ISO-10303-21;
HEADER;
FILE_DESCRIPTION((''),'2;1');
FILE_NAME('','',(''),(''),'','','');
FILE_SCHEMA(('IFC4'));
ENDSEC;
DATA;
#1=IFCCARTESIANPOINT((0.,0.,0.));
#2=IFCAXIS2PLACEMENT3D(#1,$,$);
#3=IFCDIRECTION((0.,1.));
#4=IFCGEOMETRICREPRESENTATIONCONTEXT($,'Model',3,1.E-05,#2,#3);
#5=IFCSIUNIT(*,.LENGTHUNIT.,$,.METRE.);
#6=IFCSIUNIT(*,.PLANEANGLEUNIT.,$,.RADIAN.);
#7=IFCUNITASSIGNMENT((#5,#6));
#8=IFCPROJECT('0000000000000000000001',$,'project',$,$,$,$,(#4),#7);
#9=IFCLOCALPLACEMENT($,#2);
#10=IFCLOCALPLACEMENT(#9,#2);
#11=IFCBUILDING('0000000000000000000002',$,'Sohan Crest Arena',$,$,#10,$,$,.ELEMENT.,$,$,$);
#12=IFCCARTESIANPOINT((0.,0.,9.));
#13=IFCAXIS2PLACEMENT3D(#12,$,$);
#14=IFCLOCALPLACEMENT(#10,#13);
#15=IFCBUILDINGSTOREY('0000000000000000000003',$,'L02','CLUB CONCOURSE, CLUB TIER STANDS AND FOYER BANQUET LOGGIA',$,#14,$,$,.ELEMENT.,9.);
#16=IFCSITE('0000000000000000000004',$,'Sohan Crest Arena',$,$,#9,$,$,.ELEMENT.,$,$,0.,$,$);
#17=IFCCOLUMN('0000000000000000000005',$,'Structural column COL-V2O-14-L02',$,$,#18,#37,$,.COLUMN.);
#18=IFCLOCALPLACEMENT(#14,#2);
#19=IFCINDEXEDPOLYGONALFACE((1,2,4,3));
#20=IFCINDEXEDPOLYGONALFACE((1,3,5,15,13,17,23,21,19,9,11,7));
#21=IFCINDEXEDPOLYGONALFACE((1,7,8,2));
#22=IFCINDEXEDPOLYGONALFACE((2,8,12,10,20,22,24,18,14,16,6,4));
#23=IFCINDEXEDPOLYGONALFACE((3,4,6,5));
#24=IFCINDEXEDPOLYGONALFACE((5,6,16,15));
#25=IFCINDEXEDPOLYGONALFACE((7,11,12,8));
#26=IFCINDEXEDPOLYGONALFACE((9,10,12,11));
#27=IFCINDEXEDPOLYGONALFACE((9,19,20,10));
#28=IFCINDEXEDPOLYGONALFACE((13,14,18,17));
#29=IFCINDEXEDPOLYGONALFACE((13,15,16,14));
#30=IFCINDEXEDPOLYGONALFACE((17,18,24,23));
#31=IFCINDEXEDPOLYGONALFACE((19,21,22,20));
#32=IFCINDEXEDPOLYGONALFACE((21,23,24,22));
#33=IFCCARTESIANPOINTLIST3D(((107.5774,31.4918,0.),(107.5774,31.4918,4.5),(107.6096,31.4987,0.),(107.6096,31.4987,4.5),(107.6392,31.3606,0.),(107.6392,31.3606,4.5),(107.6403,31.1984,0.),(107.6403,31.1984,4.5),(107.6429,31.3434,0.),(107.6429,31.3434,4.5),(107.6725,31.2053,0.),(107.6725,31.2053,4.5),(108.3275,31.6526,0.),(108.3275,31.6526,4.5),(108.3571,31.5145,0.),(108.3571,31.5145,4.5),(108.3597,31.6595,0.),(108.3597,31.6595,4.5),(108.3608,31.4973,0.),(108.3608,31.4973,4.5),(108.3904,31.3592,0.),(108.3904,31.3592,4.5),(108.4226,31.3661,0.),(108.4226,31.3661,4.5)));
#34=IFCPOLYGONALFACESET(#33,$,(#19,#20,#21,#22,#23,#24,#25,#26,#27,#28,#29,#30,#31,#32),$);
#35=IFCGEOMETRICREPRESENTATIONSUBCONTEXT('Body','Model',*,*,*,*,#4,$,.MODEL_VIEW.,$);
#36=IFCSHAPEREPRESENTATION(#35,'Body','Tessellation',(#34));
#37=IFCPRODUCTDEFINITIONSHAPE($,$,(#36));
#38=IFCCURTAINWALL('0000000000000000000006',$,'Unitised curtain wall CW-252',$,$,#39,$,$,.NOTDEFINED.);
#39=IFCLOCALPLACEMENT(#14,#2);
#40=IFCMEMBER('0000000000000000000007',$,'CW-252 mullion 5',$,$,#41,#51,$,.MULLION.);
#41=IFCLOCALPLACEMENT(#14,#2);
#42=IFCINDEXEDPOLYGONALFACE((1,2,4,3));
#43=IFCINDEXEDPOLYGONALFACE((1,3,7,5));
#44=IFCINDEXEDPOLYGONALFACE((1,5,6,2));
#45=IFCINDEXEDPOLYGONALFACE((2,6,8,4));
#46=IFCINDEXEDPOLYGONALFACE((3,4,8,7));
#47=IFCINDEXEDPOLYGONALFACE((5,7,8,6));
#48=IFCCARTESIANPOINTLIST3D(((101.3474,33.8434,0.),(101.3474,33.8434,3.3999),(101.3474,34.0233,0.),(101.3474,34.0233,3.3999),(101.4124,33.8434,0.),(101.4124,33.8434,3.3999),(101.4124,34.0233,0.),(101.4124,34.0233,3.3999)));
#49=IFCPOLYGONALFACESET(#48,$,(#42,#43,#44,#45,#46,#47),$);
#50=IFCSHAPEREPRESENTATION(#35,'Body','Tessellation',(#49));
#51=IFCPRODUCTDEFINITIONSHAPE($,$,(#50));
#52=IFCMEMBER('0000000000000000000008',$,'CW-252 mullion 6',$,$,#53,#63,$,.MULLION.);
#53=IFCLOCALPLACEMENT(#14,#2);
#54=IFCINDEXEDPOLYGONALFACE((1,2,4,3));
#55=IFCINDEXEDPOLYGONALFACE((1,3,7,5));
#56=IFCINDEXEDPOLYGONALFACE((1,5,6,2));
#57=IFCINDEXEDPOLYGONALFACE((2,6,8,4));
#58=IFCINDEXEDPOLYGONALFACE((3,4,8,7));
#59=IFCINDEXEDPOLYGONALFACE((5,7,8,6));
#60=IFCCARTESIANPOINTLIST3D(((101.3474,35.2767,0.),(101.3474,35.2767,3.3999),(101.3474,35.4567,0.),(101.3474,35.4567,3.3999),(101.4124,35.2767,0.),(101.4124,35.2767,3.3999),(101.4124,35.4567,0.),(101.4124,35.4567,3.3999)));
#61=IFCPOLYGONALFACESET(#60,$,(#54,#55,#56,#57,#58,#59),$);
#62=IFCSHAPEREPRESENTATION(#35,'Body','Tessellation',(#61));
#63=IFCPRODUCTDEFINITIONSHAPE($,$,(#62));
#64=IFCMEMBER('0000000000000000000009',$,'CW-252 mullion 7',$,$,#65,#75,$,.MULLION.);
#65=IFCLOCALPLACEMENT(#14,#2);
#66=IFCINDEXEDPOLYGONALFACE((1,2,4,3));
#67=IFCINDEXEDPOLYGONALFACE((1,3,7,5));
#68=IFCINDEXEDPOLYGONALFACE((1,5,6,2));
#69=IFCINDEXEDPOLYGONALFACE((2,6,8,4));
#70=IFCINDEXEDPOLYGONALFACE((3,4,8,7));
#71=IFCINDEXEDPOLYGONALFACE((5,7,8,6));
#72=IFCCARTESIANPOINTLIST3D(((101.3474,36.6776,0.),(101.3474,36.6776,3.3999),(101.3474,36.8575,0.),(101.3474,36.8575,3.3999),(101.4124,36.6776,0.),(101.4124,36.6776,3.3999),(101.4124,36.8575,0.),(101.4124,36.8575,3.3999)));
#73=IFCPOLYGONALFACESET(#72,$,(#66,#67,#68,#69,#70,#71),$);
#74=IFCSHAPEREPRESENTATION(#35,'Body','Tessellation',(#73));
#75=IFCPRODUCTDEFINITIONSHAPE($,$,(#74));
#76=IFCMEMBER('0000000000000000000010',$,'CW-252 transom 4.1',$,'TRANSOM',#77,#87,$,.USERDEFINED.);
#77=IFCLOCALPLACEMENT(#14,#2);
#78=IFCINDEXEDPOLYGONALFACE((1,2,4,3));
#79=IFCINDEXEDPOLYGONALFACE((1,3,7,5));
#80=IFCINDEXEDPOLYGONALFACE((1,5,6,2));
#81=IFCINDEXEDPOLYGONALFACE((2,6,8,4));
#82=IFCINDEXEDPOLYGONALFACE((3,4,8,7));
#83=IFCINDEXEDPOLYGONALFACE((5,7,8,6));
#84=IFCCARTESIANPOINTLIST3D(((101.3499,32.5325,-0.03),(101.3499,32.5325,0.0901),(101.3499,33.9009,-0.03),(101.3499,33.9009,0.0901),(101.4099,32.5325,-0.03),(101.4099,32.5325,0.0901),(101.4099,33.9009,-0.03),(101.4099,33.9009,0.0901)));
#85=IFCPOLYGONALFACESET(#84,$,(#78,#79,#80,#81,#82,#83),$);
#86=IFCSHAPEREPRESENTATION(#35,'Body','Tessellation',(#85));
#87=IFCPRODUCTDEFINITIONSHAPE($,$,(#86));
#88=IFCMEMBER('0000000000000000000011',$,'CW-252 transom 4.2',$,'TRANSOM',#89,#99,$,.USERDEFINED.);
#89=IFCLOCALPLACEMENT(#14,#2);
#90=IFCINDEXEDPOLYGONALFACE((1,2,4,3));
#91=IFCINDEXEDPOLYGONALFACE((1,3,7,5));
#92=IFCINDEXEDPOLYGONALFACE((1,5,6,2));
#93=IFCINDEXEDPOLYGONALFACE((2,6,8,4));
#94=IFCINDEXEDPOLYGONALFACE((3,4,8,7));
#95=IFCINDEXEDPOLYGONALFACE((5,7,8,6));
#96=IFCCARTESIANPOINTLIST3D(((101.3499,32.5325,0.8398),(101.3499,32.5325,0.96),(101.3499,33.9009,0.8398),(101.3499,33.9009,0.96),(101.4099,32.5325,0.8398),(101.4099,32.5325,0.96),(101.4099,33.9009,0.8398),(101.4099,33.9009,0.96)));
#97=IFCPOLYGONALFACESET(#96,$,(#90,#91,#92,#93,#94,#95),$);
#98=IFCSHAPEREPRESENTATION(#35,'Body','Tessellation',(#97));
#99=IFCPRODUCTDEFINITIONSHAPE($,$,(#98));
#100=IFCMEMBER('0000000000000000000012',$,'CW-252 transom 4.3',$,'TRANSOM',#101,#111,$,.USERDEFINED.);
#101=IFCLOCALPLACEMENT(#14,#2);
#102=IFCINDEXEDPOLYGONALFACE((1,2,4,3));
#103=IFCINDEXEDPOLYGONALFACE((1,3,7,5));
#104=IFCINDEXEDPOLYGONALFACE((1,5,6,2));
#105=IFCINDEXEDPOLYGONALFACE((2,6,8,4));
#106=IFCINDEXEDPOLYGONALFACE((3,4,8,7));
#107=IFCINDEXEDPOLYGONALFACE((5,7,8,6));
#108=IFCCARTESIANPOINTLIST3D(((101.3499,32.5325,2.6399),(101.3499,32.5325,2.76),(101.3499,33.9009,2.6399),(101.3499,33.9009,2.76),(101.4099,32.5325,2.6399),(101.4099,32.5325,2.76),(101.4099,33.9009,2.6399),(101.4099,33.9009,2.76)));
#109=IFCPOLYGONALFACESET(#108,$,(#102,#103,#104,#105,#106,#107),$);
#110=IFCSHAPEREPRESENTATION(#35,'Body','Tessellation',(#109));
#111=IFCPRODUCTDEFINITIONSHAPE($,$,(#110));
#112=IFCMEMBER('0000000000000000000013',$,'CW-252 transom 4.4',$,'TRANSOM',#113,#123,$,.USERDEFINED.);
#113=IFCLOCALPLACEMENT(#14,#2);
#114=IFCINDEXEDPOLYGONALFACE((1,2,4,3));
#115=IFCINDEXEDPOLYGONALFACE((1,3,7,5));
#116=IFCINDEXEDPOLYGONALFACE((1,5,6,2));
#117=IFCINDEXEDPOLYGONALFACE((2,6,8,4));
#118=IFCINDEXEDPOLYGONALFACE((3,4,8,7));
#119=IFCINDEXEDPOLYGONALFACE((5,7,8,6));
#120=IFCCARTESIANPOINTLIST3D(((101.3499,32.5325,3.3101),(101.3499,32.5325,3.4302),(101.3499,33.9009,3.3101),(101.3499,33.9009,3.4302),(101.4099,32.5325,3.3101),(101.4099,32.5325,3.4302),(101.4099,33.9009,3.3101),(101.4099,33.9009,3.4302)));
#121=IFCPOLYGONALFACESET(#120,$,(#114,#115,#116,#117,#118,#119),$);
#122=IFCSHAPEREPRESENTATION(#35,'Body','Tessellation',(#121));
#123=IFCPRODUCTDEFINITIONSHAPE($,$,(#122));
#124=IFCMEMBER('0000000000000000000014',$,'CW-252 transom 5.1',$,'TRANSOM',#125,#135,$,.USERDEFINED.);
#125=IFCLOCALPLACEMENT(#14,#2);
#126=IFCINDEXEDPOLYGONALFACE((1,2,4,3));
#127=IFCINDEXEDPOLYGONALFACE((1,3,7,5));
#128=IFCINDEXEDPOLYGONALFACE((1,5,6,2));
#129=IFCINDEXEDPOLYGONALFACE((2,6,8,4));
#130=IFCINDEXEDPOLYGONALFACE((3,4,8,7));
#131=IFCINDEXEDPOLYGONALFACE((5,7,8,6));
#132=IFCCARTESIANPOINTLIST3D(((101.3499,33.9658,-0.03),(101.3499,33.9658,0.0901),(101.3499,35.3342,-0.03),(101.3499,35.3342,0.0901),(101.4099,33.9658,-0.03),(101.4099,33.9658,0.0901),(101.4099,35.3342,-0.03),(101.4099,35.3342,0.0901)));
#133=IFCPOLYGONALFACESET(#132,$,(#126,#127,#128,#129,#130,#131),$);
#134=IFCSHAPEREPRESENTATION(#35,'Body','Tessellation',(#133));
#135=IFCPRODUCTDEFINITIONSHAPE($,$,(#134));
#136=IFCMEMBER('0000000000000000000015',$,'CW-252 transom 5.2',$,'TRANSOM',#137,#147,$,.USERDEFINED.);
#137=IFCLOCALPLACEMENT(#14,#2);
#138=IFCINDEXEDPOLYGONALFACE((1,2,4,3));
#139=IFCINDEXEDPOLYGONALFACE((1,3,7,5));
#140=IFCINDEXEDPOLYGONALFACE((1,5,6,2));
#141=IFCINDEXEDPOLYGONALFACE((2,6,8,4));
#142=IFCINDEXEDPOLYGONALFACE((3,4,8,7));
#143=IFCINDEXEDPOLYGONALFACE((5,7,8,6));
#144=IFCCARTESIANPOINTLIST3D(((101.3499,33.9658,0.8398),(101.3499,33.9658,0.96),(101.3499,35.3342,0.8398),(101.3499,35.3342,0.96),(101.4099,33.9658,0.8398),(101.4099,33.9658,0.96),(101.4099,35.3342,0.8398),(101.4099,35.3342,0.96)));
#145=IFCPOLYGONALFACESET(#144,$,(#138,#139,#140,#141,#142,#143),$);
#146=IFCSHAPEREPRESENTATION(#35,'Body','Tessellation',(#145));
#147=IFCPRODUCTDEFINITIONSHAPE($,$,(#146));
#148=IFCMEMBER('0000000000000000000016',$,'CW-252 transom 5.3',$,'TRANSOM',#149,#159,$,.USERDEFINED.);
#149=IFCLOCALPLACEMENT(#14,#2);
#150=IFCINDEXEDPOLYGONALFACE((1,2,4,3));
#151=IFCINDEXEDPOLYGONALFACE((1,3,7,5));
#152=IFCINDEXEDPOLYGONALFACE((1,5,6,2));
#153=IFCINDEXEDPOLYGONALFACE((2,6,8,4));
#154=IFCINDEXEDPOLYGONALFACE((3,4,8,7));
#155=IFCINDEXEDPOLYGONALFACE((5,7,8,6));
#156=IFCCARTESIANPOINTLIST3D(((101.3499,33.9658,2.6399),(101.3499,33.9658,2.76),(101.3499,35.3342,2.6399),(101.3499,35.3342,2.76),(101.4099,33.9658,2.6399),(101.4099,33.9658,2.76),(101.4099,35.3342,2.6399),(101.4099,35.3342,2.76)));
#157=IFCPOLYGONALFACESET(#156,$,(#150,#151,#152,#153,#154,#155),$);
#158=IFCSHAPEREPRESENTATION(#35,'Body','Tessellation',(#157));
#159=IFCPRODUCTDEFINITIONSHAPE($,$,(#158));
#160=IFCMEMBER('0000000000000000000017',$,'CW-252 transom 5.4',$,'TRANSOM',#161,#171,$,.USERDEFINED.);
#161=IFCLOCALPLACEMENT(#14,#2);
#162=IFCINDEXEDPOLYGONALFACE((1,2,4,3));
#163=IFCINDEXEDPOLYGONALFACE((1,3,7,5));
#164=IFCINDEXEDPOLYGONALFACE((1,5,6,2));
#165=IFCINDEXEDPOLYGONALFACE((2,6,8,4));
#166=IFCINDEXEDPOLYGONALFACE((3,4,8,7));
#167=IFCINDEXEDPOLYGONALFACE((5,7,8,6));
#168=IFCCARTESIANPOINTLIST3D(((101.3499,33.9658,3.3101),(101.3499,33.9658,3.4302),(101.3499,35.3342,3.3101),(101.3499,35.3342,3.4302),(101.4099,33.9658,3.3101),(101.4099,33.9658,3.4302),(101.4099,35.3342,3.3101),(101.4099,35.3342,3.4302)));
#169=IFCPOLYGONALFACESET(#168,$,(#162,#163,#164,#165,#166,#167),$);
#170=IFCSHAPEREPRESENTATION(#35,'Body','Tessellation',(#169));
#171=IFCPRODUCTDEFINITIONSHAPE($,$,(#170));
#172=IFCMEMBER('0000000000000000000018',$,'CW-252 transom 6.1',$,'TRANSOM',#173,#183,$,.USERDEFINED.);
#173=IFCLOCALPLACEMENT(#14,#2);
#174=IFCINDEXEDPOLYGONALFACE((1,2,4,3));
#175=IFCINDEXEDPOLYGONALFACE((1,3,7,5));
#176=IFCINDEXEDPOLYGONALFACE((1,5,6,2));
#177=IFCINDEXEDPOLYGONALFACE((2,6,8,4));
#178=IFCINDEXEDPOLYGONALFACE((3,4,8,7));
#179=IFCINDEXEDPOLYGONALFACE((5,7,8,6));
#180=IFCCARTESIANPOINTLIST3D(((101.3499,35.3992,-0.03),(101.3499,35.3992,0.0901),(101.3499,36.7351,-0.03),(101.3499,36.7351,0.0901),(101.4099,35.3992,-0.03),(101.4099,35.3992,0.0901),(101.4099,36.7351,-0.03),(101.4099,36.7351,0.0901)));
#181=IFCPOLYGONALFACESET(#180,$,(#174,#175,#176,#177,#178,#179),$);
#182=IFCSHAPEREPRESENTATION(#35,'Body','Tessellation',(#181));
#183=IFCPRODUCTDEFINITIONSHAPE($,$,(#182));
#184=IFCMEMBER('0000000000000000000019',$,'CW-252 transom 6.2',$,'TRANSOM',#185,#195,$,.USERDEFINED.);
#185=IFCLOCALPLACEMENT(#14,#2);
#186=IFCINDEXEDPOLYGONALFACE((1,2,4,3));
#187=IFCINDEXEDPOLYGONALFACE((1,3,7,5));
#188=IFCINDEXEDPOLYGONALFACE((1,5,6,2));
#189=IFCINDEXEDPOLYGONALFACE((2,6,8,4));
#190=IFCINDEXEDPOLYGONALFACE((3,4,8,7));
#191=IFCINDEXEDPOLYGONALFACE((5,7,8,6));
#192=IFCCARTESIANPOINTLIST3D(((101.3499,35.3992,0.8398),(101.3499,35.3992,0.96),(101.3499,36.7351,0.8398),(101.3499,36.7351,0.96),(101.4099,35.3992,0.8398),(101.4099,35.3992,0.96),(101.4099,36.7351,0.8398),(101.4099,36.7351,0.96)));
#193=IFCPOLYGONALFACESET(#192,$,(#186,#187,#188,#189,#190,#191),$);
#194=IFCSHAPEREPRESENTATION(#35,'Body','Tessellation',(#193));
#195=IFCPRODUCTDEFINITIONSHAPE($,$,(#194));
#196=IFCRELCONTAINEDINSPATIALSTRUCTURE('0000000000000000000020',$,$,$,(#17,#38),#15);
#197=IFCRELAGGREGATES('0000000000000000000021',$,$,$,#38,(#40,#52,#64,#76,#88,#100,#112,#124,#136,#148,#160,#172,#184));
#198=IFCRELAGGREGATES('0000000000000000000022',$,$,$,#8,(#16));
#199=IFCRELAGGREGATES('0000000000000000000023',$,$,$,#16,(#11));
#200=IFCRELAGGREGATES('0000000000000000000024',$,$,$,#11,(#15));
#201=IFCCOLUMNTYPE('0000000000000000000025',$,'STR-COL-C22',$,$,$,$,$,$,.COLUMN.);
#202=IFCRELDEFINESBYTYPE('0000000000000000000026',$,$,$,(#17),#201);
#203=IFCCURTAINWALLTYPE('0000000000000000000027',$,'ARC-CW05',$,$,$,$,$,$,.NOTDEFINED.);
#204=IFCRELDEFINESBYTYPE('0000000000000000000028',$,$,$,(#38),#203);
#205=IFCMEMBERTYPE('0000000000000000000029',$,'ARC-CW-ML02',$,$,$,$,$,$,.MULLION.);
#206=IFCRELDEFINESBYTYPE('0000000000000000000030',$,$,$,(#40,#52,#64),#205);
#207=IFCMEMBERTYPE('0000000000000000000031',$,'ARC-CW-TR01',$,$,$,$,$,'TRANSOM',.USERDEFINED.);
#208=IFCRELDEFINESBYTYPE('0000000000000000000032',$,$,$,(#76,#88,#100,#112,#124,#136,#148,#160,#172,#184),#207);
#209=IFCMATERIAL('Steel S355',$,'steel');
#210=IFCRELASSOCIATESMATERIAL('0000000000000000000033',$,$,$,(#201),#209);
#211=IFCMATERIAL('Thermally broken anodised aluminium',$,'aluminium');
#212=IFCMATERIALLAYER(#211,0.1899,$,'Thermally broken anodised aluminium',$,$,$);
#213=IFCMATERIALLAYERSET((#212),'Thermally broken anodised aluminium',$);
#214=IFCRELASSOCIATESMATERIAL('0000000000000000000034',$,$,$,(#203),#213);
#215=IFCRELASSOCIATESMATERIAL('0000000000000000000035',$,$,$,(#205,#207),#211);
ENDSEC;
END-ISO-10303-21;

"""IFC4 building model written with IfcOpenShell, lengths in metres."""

from ifc_helpers import new_model, si_unit, direction, frame, origin, origin_2d, place, context, subcontext, project, spatial, rectangle, i_section, extrude, material, layer, layer_set, material_profile, profile_set, type_object, element, aggregate, save


model = new_model("IFC4")

# Units and contexts
model_context = context("Model", 3, precision=1e-05, world=origin(), true_north=direction((0.0, 1.0)))
body_context = subcontext(model_context, "Body", "Model", "MODEL_VIEW")
ifc_project = project(units=[si_unit("LENGTHUNIT", "METRE"), si_unit("PLANEANGLEUNIT", "RADIAN")], contexts=[model_context])

# Site, building, storey
site_placement = place(None, origin())
site = spatial("IfcSite", under=ifc_project, at=site_placement, Name="Sohan Crest Arena", CompositionType="ELEMENT", RefElevation=0.0)
building_placement = place(site_placement, origin())
building = spatial("IfcBuilding", under=site, at=building_placement, Name="Sohan Crest Arena", CompositionType="ELEMENT")
storey_placement = place(building_placement, frame((0.0, 0.0, 9.0)))
storey = spatial("IfcBuildingStorey", under=building, at=storey_placement, Name="L02", Description="CLUB CONCOURSE, CLUB TIER STANDS AND FOYER BANQUET LOGGIA", CompositionType="ELEMENT", Elevation=9.0)

# Column
ifc_material_1 = material(Name="Steel S355", Category="steel")
ifc_material_profile_1 = material_profile(ifc_material_1, i_section(OverallWidth=0.3, OverallDepth=0.8, WebThickness=0.0176, FlangeThickness=0.033, at=origin_2d()), Name="HEB 800")
ifc_profile_set_1 = profile_set([ifc_material_profile_1], Name="Steel S355")
column_type = type_object("IfcColumnType", Name="STR-COL-C22", PredefinedType="COLUMN", material=ifc_profile_set_1)
column_placement = place(storey_placement, frame((108.0, 31.429, 0.0), z_axis=(0.0, 0.0, 1.0), x_axis=(-0.209619, 0.977783, 0.0)))
element("IfcColumn", 1, at=column_placement, inside=storey, type_object=column_type, Name="Structural column COL-V2O-14-L02", PredefinedType="COLUMN", context=body_context, shape_type="SweptSolid", body=[
    extrude(i_section(OverallWidth=0.3, OverallDepth=0.8, WebThickness=0.0176, FlangeThickness=0.033, at=origin_2d()), origin(), (0.0, 0.0, 1.0), 4.5),
])

# Curtain wall, members
ifc_material_2 = material(Name="Thermally broken anodised aluminium", Category="aluminium")
ifc_layer_1 = layer(ifc_material_2, 0.1899, Name="Thermally broken anodised aluminium")
ifc_layer_set_1 = layer_set([ifc_layer_1], Name="Thermally broken anodised aluminium")
curtain_wall_type_1 = type_object("IfcCurtainWallType", Name="ARC-CW05", PredefinedType="NOTDEFINED", material=ifc_layer_set_1)
curtain_wall_1_placement = place(storey_placement, origin())
curtain_wall_1 = element("IfcCurtainWall", 2, at=curtain_wall_1_placement, inside=storey, type_object=curtain_wall_type_1, Name="Unitised curtain wall CW-252", PredefinedType="NOTDEFINED")
ifc_material_profile_2 = material_profile(ifc_material_2, rectangle(XDim=0.0649, YDim=0.1799, at=origin_2d()), Name="ALU-MULL 65x180")
ifc_profile_set_2 = profile_set([ifc_material_profile_2], Name="Thermally broken anodised aluminium")
member_type_1 = type_object("IfcMemberType", Name="ARC-CW-ML02", PredefinedType="MULLION", material=ifc_profile_set_2)
member_1_placement = place(storey_placement, frame((101.3799, 33.9333, 0.0), z_axis=(0.0, 0.0, 1.0), x_axis=(-1.0, 0.0, 0.0)))
member_1 = element("IfcMember", 3, at=member_1_placement, type_object=member_type_1, Name="CW-252 mullion 5", PredefinedType="MULLION", context=body_context, shape_type="SweptSolid", body=[
    extrude(rectangle(XDim=0.0649, YDim=0.1799, at=origin_2d()), origin(), (0.0, 0.0, 1.0), 3.3999),
])
member_2_placement = place(storey_placement, frame((101.3799, 35.3667, 0.0), z_axis=(0.0, 0.0, 1.0), x_axis=(-1.0, 0.0, 0.0)))
member_2 = element("IfcMember", 4, at=member_2_placement, type_object=member_type_1, Name="CW-252 mullion 6", PredefinedType="MULLION", context=body_context, shape_type="SweptSolid", body=[
    extrude(rectangle(XDim=0.0649, YDim=0.1799, at=origin_2d()), origin(), (0.0, 0.0, 1.0), 3.3999),
])
member_3_placement = place(storey_placement, frame((101.3799, 36.7676, 0.0), z_axis=(0.0, 0.0, 1.0), x_axis=(-1.0, 0.0, 0.0)))
member_3 = element("IfcMember", 5, at=member_3_placement, type_object=member_type_1, Name="CW-252 mullion 7", PredefinedType="MULLION", context=body_context, shape_type="SweptSolid", body=[
    extrude(rectangle(XDim=0.0649, YDim=0.1799, at=origin_2d()), origin(), (0.0, 0.0, 1.0), 3.3999),
])
ifc_material_profile_3 = material_profile(ifc_material_2, rectangle(XDim=0.0601, YDim=0.1201, at=origin_2d()), Name="ALU-TRAN 60x120")
ifc_profile_set_3 = profile_set([ifc_material_profile_3], Name="Thermally broken anodised aluminium")
member_type_2 = type_object("IfcMemberType", Name="ARC-CW-TR01", ElementType="TRANSOM", PredefinedType="USERDEFINED", material=ifc_profile_set_3)
member_4_placement = place(storey_placement, frame((101.3799, 32.5325, 0.03), z_axis=(0.0, 1.0, 0.0), x_axis=(-1.0, 0.0, 0.0)))
member_4 = element("IfcMember", 6, at=member_4_placement, type_object=member_type_2, Name="CW-252 transom 4.1", ObjectType="TRANSOM", PredefinedType="USERDEFINED", context=body_context, shape_type="SweptSolid", body=[
    extrude(rectangle(XDim=0.0601, YDim=0.1201, at=origin_2d()), origin(), (0.0, 0.0, 1.0), 1.3684),
])
member_5_placement = place(storey_placement, frame((101.3799, 32.5325, 0.8999), z_axis=(0.0, 1.0, 0.0), x_axis=(-1.0, 0.0, 0.0)))
member_5 = element("IfcMember", 7, at=member_5_placement, type_object=member_type_2, Name="CW-252 transom 4.2", ObjectType="TRANSOM", PredefinedType="USERDEFINED", context=body_context, shape_type="SweptSolid", body=[
    extrude(rectangle(XDim=0.0601, YDim=0.1201, at=origin_2d()), origin(), (0.0, 0.0, 1.0), 1.3684),
])
member_6_placement = place(storey_placement, frame((101.3799, 32.5325, 2.7), z_axis=(0.0, 1.0, 0.0), x_axis=(-1.0, 0.0, 0.0)))
member_6 = element("IfcMember", 8, at=member_6_placement, type_object=member_type_2, Name="CW-252 transom 4.3", ObjectType="TRANSOM", PredefinedType="USERDEFINED", context=body_context, shape_type="SweptSolid", body=[
    extrude(rectangle(XDim=0.0601, YDim=0.1201, at=origin_2d()), origin(), (0.0, 0.0, 1.0), 1.3684),
])
member_7_placement = place(storey_placement, frame((101.3799, 32.5325, 3.3701), z_axis=(0.0, 1.0, 0.0), x_axis=(-1.0, 0.0, 0.0)))
member_7 = element("IfcMember", 9, at=member_7_placement, type_object=member_type_2, Name="CW-252 transom 4.4", ObjectType="TRANSOM", PredefinedType="USERDEFINED", context=body_context, shape_type="SweptSolid", body=[
    extrude(rectangle(XDim=0.0601, YDim=0.1201, at=origin_2d()), origin(), (0.0, 0.0, 1.0), 1.3684),
])
member_8_placement = place(storey_placement, frame((101.3799, 33.9658, 0.03), z_axis=(0.0, 1.0, 0.0), x_axis=(-1.0, 0.0, 0.0)))
member_8 = element("IfcMember", 10, at=member_8_placement, type_object=member_type_2, Name="CW-252 transom 5.1", ObjectType="TRANSOM", PredefinedType="USERDEFINED", context=body_context, shape_type="SweptSolid", body=[
    extrude(rectangle(XDim=0.0601, YDim=0.1201, at=origin_2d()), origin(), (0.0, 0.0, 1.0), 1.3684),
])
member_9_placement = place(storey_placement, frame((101.3799, 33.9658, 0.8999), z_axis=(0.0, 1.0, 0.0), x_axis=(-1.0, 0.0, 0.0)))
member_9 = element("IfcMember", 11, at=member_9_placement, type_object=member_type_2, Name="CW-252 transom 5.2", ObjectType="TRANSOM", PredefinedType="USERDEFINED", context=body_context, shape_type="SweptSolid", body=[
    extrude(rectangle(XDim=0.0601, YDim=0.1201, at=origin_2d()), origin(), (0.0, 0.0, 1.0), 1.3684),
])
member_10_placement = place(storey_placement, frame((101.3799, 33.9658, 2.7), z_axis=(0.0, 1.0, 0.0), x_axis=(-1.0, 0.0, 0.0)))
member_10 = element("IfcMember", 12, at=member_10_placement, type_object=member_type_2, Name="CW-252 transom 5.3", ObjectType="TRANSOM", PredefinedType="USERDEFINED", context=body_context, shape_type="SweptSolid", body=[
    extrude(rectangle(XDim=0.0601, YDim=0.1201, at=origin_2d()), origin(), (0.0, 0.0, 1.0), 1.3684),
])
member_11_placement = place(storey_placement, frame((101.3799, 33.9658, 3.3701), z_axis=(0.0, 1.0, 0.0), x_axis=(-1.0, 0.0, 0.0)))
member_11 = element("IfcMember", 13, at=member_11_placement, type_object=member_type_2, Name="CW-252 transom 5.4", ObjectType="TRANSOM", PredefinedType="USERDEFINED", context=body_context, shape_type="SweptSolid", body=[
    extrude(rectangle(XDim=0.0601, YDim=0.1201, at=origin_2d()), origin(), (0.0, 0.0, 1.0), 1.3684),
])
member_12_placement = place(storey_placement, frame((101.3799, 35.3992, 0.03), z_axis=(0.0, 1.0, 0.0), x_axis=(-1.0, 0.0, 0.0)))
member_12 = element("IfcMember", 14, at=member_12_placement, type_object=member_type_2, Name="CW-252 transom 6.1", ObjectType="TRANSOM", PredefinedType="USERDEFINED", context=body_context, shape_type="SweptSolid", body=[
    extrude(rectangle(XDim=0.0601, YDim=0.1201, at=origin_2d()), origin(), (0.0, 0.0, 1.0), 1.3359),
])
member_13_placement = place(storey_placement, frame((101.3799, 35.3992, 0.8999), z_axis=(0.0, 1.0, 0.0), x_axis=(-1.0, 0.0, 0.0)))
member_13 = element("IfcMember", 15, at=member_13_placement, type_object=member_type_2, Name="CW-252 transom 6.2", ObjectType="TRANSOM", PredefinedType="USERDEFINED", context=body_context, shape_type="SweptSolid", body=[
    extrude(rectangle(XDim=0.0601, YDim=0.1201, at=origin_2d()), origin(), (0.0, 0.0, 1.0), 1.3359),
])

aggregate(curtain_wall_1, [member_1, member_2, member_3, member_4, member_5, member_6, member_7, member_8, member_9, member_10, member_11, member_12, member_13])

save(model, "model.ifc")
